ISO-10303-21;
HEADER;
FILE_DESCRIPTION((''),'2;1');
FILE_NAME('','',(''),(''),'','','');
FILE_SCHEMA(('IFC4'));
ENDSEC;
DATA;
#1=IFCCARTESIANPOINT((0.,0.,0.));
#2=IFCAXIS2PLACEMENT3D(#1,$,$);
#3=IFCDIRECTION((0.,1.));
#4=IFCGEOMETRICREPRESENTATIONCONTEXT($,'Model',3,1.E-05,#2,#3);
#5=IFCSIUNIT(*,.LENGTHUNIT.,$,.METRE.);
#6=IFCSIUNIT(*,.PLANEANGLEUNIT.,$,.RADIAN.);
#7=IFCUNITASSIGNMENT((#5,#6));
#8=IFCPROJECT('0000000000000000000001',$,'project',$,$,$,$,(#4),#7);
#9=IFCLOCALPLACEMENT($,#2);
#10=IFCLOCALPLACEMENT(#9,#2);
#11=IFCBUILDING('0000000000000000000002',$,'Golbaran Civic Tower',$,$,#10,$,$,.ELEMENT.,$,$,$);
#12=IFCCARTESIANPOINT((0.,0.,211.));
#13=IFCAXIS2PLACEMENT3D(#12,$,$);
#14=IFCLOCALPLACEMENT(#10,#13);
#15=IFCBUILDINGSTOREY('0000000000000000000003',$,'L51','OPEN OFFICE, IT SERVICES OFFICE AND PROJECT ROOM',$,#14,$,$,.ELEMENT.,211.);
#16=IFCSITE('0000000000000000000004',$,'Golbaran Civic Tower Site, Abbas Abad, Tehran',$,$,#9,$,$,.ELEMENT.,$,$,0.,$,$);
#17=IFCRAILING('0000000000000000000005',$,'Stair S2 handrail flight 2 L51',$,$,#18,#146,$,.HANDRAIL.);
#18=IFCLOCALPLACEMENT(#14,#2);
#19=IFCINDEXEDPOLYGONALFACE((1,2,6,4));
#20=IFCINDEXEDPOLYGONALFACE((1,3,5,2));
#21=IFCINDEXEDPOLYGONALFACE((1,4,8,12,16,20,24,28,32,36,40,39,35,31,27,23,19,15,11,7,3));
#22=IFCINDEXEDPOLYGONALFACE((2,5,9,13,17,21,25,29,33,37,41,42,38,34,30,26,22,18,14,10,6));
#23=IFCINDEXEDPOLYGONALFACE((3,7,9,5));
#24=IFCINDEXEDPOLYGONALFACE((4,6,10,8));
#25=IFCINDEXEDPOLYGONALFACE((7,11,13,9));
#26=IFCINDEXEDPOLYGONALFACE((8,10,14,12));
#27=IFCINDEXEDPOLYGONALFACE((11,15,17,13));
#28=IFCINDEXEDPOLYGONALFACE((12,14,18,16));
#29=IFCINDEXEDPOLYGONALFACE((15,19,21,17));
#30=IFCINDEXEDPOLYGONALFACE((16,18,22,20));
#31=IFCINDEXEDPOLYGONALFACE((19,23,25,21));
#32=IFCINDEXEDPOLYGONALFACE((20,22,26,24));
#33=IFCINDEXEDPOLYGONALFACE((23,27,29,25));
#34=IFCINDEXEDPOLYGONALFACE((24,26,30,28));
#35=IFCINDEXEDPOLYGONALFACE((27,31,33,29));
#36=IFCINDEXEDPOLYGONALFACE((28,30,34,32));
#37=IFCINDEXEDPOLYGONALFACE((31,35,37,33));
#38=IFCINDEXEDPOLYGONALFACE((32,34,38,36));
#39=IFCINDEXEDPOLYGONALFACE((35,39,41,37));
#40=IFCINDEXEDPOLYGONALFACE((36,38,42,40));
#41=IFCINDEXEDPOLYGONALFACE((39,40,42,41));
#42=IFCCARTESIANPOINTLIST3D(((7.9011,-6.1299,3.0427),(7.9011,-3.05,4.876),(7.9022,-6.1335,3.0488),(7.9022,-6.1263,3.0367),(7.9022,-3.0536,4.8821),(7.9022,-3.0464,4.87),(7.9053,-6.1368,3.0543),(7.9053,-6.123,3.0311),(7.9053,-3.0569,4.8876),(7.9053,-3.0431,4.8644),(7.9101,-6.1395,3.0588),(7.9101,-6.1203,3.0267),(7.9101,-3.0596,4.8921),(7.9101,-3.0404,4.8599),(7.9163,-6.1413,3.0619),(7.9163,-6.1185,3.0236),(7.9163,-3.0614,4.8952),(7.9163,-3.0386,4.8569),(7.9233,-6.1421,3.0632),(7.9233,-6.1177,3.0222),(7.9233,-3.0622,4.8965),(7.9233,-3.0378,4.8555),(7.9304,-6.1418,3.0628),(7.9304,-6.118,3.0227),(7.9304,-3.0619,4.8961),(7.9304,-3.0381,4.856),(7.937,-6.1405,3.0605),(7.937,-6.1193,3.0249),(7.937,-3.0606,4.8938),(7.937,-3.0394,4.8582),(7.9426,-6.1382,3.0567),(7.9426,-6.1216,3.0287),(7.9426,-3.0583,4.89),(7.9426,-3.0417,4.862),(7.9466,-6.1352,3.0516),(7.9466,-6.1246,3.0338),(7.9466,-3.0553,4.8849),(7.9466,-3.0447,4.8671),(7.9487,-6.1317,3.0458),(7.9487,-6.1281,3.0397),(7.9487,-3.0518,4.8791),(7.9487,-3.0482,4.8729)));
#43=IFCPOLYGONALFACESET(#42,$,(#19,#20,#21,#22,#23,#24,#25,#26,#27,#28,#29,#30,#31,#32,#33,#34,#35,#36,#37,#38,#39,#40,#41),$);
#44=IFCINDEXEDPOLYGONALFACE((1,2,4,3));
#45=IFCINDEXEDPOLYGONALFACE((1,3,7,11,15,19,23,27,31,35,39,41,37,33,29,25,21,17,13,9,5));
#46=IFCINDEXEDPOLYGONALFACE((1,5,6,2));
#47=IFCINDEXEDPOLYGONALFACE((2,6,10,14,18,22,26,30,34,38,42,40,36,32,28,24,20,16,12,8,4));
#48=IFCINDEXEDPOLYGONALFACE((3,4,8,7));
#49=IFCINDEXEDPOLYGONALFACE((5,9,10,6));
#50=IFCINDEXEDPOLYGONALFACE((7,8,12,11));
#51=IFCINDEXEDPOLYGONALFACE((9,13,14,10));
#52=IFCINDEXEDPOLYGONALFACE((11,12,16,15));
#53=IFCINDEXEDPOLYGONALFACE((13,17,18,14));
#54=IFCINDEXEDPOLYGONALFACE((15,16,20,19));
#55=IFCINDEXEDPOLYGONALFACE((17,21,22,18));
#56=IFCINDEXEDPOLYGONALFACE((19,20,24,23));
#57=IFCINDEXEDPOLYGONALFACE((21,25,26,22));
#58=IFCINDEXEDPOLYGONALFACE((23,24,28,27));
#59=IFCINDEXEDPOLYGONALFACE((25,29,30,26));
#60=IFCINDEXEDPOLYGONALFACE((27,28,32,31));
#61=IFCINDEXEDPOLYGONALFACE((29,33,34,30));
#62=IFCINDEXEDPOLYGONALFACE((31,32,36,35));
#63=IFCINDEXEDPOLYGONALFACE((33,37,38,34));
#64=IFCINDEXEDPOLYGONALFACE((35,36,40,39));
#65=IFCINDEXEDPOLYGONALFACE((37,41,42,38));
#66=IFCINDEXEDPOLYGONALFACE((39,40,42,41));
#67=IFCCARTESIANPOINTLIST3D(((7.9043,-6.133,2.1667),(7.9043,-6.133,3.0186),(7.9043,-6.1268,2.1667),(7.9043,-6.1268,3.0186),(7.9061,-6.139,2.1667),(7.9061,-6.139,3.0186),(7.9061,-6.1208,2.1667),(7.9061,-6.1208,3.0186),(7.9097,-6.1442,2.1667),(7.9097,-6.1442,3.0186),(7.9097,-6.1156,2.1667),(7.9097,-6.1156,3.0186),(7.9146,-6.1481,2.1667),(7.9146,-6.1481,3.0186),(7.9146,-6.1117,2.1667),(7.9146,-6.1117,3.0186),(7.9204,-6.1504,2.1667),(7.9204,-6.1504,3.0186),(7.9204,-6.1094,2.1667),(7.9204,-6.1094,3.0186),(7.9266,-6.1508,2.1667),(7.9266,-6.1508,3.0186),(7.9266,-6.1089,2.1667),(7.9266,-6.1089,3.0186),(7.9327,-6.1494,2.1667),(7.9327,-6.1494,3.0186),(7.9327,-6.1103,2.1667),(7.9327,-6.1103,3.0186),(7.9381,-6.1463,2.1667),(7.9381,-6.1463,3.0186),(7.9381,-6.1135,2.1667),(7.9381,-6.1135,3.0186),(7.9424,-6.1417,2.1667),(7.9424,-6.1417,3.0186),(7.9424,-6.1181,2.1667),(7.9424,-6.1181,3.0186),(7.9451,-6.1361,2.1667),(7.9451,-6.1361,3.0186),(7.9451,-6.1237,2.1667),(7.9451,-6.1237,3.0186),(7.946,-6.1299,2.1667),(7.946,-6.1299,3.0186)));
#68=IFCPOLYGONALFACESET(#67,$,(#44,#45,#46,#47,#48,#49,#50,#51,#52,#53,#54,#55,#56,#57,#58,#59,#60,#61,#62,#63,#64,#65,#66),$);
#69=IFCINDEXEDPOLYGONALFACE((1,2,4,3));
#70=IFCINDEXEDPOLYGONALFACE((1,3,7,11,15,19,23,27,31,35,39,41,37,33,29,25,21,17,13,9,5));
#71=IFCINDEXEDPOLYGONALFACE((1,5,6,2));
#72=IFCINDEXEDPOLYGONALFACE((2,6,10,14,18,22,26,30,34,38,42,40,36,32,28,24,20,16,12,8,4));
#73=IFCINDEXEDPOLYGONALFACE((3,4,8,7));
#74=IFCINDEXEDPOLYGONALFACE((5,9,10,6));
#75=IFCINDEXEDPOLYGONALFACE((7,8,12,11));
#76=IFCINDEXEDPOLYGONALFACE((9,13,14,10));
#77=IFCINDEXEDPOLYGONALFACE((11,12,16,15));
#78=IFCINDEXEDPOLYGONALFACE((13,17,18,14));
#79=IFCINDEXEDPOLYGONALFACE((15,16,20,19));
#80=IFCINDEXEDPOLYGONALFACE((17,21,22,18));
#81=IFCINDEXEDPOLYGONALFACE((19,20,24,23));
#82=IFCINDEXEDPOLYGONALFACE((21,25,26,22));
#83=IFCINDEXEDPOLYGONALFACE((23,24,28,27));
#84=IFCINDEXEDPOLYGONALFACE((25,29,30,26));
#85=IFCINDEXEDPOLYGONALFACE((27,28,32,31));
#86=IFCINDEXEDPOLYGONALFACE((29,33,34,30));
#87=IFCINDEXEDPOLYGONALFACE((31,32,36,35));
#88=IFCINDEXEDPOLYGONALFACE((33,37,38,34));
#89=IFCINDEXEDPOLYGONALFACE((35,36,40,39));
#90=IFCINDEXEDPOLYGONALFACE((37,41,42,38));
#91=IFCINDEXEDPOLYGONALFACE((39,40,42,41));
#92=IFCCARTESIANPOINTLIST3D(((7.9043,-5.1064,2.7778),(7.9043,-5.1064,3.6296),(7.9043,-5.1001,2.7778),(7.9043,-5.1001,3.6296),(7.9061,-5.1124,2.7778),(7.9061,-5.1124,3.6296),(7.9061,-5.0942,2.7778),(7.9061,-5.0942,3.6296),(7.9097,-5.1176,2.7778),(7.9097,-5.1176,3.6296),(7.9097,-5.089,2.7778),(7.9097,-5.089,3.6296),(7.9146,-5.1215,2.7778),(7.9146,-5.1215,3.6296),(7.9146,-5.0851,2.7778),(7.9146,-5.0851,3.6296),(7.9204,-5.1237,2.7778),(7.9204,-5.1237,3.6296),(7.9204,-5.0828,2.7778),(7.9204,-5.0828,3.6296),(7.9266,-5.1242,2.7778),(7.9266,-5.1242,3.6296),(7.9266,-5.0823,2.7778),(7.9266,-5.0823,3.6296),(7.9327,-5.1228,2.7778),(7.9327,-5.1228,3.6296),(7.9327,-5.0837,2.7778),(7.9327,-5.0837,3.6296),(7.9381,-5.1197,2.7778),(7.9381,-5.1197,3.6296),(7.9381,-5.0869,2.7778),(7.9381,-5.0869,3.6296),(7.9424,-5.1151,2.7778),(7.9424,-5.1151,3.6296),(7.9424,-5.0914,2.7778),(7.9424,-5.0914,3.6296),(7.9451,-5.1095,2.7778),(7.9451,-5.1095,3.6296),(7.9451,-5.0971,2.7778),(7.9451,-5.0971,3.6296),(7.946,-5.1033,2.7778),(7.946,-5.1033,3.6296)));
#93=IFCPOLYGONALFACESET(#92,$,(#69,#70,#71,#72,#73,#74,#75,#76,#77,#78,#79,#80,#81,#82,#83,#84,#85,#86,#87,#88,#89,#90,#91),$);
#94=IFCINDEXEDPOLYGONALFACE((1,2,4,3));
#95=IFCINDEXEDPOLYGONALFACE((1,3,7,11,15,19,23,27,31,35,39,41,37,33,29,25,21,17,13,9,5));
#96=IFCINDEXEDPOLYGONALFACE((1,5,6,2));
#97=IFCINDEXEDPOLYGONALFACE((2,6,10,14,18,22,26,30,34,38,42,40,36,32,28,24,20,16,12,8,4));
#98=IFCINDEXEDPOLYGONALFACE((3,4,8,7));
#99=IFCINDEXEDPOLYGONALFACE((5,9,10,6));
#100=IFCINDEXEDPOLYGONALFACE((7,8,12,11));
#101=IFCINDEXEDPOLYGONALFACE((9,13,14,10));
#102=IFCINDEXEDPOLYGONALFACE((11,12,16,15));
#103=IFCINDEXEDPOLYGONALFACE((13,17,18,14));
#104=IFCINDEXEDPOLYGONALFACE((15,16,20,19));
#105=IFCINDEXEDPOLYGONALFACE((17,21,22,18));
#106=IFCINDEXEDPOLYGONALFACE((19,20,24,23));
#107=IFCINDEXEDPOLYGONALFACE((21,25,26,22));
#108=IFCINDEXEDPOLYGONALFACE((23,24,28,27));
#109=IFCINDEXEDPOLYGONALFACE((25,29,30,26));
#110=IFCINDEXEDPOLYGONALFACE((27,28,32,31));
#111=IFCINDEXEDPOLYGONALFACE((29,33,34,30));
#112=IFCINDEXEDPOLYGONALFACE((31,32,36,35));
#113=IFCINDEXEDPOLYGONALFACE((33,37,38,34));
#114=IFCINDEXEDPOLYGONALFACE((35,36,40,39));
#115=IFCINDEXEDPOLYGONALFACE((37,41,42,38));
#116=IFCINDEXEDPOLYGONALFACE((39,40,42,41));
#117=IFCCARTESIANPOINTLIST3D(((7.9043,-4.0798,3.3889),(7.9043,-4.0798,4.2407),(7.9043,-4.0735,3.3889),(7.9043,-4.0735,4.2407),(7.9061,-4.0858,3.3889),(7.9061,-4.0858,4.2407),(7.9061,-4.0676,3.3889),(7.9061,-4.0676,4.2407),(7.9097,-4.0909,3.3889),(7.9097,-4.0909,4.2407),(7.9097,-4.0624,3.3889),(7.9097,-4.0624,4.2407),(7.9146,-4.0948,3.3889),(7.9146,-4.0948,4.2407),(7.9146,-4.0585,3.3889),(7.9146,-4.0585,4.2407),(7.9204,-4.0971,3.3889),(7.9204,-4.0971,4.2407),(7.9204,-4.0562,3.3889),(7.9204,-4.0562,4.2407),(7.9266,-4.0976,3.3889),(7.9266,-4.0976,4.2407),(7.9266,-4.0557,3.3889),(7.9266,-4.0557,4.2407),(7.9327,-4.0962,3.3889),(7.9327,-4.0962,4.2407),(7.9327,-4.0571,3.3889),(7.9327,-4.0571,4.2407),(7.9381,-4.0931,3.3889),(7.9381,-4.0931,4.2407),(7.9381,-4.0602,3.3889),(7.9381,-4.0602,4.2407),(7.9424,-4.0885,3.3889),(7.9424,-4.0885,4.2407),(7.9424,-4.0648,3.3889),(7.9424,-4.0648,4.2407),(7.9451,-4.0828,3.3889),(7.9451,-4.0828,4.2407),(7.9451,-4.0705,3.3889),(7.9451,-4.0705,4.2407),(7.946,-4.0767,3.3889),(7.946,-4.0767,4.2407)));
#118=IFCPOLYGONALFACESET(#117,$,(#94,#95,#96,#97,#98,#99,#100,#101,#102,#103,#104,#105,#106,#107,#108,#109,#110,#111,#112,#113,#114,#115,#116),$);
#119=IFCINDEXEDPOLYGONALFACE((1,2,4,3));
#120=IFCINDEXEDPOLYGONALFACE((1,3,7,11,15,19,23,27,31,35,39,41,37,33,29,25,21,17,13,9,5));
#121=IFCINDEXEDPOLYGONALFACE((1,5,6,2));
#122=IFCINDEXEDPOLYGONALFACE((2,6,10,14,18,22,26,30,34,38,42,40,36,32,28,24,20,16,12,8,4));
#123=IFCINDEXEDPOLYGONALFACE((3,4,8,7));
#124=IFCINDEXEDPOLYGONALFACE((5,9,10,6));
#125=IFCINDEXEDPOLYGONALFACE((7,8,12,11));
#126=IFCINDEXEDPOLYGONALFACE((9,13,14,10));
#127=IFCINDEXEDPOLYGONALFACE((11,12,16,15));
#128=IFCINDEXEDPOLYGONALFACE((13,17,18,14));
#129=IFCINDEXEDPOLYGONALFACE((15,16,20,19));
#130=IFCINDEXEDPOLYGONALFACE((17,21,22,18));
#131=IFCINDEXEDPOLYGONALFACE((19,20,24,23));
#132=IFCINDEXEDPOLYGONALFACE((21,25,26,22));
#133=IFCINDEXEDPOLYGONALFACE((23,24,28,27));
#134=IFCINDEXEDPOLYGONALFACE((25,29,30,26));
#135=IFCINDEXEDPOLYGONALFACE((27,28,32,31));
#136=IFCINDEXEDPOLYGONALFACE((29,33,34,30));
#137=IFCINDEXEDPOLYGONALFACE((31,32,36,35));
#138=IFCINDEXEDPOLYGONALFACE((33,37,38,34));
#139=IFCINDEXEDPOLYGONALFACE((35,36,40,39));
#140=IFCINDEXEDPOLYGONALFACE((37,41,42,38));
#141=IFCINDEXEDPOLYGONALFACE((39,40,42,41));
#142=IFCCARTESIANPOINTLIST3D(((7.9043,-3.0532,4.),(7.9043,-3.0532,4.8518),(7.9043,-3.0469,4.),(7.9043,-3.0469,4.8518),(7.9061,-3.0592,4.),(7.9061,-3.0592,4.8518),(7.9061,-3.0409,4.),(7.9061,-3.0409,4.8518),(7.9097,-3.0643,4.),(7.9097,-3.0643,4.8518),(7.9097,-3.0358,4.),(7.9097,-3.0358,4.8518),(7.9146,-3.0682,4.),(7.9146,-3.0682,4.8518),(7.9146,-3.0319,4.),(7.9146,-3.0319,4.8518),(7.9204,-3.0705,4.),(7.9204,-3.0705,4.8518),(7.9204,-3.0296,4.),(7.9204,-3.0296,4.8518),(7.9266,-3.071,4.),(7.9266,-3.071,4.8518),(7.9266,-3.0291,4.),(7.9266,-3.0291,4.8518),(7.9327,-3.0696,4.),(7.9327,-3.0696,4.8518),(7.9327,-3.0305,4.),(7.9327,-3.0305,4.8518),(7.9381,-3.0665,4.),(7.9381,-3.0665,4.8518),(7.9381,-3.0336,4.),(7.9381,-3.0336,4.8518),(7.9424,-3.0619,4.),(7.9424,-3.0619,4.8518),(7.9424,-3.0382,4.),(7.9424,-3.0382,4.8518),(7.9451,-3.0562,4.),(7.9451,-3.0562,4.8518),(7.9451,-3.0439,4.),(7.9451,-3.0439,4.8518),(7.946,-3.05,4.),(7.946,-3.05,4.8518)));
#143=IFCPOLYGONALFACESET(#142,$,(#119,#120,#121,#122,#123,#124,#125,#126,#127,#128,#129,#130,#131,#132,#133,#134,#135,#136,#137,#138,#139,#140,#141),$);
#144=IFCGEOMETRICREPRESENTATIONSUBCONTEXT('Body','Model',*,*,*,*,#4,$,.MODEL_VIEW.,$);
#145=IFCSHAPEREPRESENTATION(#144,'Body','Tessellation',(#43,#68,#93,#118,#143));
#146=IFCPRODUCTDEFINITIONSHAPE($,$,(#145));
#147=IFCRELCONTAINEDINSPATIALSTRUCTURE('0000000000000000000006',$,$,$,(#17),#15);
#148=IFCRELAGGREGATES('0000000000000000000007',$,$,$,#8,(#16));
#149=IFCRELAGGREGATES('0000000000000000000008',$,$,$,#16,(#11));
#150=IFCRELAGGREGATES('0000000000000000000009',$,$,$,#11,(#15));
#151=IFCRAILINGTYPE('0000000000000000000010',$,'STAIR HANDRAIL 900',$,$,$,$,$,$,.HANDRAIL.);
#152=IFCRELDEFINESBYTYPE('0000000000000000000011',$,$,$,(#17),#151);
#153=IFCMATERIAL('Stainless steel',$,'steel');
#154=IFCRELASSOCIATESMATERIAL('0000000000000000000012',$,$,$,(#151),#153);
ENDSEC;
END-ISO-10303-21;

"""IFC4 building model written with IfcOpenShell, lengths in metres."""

from ifc_helpers import new_model, si_unit, direction, frame, origin, origin_2d, place, context, subcontext, project, spatial, circle, extrude, material, type_object, element, save


model = new_model("IFC4")

# Units and contexts
model_context = context("Model", 3, precision=1e-05, world=origin(), true_north=direction((0.0, 1.0)))
body_context = subcontext(model_context, "Body", "Model", "MODEL_VIEW")
ifc_project = project(units=[si_unit("LENGTHUNIT", "METRE"), si_unit("PLANEANGLEUNIT", "RADIAN")], contexts=[model_context])

# Site, building, storey
site_placement = place(None, origin())
site = spatial("IfcSite", under=ifc_project, at=site_placement, Name="Golbaran Civic Tower Site, Abbas Abad, Tehran", CompositionType="ELEMENT", RefElevation=0.0)
building_placement = place(site_placement, origin())
building = spatial("IfcBuilding", under=site, at=building_placement, Name="Golbaran Civic Tower", CompositionType="ELEMENT")
storey_placement = place(building_placement, frame((0.0, 0.0, 211.0)))
storey = spatial("IfcBuildingStorey", under=building, at=storey_placement, Name="L51", Description="OPEN OFFICE, IT SERVICES OFFICE AND PROJECT ROOM", CompositionType="ELEMENT", Elevation=211.0)

# Shared definitions
ifc_material_1 = material(Name="Stainless steel", Category="steel")

# Railing
railing_type = type_object("IfcRailingType", Name="STAIR HANDRAIL 900", PredefinedType="HANDRAIL", material=ifc_material_1)
railing_1_placement = place(storey_placement, frame((7.925, -6.1299, 2.1667)))
element("IfcRailing", 1, at=railing_1_placement, inside=storey, type_object=railing_type, Name="Stair S2 handrail flight 2 L51", PredefinedType="HANDRAIL", context=body_context, shape_type="SweptSolid", body=[
    extrude(circle(Radius=0.0239, at=origin_2d()), frame((0.0, 0.0, 0.876), z_axis=(0.0, 0.859291, 0.511487), x_axis=(-1.0, 0.0, 0.0)), (0.0, 0.0, 1.0), 3.5842),
    extrude(circle(Radius=0.021, at=origin_2d()), origin(), (0.0, 0.0, 1.0), 0.8518),
    extrude(circle(Radius=0.021, at=origin_2d()), frame((0.0, 1.0266, 0.6111)), (0.0, 0.0, 1.0), 0.8518),
    extrude(circle(Radius=0.021, at=origin_2d()), frame((0.0, 2.0532, 1.2222)), (0.0, 0.0, 1.0), 0.8518),
    extrude(circle(Radius=0.021, at=origin_2d()), frame((0.0, 3.0798, 1.8333)), (0.0, 0.0, 1.0), 0.8518),
])

save(model, "model.ifc")
